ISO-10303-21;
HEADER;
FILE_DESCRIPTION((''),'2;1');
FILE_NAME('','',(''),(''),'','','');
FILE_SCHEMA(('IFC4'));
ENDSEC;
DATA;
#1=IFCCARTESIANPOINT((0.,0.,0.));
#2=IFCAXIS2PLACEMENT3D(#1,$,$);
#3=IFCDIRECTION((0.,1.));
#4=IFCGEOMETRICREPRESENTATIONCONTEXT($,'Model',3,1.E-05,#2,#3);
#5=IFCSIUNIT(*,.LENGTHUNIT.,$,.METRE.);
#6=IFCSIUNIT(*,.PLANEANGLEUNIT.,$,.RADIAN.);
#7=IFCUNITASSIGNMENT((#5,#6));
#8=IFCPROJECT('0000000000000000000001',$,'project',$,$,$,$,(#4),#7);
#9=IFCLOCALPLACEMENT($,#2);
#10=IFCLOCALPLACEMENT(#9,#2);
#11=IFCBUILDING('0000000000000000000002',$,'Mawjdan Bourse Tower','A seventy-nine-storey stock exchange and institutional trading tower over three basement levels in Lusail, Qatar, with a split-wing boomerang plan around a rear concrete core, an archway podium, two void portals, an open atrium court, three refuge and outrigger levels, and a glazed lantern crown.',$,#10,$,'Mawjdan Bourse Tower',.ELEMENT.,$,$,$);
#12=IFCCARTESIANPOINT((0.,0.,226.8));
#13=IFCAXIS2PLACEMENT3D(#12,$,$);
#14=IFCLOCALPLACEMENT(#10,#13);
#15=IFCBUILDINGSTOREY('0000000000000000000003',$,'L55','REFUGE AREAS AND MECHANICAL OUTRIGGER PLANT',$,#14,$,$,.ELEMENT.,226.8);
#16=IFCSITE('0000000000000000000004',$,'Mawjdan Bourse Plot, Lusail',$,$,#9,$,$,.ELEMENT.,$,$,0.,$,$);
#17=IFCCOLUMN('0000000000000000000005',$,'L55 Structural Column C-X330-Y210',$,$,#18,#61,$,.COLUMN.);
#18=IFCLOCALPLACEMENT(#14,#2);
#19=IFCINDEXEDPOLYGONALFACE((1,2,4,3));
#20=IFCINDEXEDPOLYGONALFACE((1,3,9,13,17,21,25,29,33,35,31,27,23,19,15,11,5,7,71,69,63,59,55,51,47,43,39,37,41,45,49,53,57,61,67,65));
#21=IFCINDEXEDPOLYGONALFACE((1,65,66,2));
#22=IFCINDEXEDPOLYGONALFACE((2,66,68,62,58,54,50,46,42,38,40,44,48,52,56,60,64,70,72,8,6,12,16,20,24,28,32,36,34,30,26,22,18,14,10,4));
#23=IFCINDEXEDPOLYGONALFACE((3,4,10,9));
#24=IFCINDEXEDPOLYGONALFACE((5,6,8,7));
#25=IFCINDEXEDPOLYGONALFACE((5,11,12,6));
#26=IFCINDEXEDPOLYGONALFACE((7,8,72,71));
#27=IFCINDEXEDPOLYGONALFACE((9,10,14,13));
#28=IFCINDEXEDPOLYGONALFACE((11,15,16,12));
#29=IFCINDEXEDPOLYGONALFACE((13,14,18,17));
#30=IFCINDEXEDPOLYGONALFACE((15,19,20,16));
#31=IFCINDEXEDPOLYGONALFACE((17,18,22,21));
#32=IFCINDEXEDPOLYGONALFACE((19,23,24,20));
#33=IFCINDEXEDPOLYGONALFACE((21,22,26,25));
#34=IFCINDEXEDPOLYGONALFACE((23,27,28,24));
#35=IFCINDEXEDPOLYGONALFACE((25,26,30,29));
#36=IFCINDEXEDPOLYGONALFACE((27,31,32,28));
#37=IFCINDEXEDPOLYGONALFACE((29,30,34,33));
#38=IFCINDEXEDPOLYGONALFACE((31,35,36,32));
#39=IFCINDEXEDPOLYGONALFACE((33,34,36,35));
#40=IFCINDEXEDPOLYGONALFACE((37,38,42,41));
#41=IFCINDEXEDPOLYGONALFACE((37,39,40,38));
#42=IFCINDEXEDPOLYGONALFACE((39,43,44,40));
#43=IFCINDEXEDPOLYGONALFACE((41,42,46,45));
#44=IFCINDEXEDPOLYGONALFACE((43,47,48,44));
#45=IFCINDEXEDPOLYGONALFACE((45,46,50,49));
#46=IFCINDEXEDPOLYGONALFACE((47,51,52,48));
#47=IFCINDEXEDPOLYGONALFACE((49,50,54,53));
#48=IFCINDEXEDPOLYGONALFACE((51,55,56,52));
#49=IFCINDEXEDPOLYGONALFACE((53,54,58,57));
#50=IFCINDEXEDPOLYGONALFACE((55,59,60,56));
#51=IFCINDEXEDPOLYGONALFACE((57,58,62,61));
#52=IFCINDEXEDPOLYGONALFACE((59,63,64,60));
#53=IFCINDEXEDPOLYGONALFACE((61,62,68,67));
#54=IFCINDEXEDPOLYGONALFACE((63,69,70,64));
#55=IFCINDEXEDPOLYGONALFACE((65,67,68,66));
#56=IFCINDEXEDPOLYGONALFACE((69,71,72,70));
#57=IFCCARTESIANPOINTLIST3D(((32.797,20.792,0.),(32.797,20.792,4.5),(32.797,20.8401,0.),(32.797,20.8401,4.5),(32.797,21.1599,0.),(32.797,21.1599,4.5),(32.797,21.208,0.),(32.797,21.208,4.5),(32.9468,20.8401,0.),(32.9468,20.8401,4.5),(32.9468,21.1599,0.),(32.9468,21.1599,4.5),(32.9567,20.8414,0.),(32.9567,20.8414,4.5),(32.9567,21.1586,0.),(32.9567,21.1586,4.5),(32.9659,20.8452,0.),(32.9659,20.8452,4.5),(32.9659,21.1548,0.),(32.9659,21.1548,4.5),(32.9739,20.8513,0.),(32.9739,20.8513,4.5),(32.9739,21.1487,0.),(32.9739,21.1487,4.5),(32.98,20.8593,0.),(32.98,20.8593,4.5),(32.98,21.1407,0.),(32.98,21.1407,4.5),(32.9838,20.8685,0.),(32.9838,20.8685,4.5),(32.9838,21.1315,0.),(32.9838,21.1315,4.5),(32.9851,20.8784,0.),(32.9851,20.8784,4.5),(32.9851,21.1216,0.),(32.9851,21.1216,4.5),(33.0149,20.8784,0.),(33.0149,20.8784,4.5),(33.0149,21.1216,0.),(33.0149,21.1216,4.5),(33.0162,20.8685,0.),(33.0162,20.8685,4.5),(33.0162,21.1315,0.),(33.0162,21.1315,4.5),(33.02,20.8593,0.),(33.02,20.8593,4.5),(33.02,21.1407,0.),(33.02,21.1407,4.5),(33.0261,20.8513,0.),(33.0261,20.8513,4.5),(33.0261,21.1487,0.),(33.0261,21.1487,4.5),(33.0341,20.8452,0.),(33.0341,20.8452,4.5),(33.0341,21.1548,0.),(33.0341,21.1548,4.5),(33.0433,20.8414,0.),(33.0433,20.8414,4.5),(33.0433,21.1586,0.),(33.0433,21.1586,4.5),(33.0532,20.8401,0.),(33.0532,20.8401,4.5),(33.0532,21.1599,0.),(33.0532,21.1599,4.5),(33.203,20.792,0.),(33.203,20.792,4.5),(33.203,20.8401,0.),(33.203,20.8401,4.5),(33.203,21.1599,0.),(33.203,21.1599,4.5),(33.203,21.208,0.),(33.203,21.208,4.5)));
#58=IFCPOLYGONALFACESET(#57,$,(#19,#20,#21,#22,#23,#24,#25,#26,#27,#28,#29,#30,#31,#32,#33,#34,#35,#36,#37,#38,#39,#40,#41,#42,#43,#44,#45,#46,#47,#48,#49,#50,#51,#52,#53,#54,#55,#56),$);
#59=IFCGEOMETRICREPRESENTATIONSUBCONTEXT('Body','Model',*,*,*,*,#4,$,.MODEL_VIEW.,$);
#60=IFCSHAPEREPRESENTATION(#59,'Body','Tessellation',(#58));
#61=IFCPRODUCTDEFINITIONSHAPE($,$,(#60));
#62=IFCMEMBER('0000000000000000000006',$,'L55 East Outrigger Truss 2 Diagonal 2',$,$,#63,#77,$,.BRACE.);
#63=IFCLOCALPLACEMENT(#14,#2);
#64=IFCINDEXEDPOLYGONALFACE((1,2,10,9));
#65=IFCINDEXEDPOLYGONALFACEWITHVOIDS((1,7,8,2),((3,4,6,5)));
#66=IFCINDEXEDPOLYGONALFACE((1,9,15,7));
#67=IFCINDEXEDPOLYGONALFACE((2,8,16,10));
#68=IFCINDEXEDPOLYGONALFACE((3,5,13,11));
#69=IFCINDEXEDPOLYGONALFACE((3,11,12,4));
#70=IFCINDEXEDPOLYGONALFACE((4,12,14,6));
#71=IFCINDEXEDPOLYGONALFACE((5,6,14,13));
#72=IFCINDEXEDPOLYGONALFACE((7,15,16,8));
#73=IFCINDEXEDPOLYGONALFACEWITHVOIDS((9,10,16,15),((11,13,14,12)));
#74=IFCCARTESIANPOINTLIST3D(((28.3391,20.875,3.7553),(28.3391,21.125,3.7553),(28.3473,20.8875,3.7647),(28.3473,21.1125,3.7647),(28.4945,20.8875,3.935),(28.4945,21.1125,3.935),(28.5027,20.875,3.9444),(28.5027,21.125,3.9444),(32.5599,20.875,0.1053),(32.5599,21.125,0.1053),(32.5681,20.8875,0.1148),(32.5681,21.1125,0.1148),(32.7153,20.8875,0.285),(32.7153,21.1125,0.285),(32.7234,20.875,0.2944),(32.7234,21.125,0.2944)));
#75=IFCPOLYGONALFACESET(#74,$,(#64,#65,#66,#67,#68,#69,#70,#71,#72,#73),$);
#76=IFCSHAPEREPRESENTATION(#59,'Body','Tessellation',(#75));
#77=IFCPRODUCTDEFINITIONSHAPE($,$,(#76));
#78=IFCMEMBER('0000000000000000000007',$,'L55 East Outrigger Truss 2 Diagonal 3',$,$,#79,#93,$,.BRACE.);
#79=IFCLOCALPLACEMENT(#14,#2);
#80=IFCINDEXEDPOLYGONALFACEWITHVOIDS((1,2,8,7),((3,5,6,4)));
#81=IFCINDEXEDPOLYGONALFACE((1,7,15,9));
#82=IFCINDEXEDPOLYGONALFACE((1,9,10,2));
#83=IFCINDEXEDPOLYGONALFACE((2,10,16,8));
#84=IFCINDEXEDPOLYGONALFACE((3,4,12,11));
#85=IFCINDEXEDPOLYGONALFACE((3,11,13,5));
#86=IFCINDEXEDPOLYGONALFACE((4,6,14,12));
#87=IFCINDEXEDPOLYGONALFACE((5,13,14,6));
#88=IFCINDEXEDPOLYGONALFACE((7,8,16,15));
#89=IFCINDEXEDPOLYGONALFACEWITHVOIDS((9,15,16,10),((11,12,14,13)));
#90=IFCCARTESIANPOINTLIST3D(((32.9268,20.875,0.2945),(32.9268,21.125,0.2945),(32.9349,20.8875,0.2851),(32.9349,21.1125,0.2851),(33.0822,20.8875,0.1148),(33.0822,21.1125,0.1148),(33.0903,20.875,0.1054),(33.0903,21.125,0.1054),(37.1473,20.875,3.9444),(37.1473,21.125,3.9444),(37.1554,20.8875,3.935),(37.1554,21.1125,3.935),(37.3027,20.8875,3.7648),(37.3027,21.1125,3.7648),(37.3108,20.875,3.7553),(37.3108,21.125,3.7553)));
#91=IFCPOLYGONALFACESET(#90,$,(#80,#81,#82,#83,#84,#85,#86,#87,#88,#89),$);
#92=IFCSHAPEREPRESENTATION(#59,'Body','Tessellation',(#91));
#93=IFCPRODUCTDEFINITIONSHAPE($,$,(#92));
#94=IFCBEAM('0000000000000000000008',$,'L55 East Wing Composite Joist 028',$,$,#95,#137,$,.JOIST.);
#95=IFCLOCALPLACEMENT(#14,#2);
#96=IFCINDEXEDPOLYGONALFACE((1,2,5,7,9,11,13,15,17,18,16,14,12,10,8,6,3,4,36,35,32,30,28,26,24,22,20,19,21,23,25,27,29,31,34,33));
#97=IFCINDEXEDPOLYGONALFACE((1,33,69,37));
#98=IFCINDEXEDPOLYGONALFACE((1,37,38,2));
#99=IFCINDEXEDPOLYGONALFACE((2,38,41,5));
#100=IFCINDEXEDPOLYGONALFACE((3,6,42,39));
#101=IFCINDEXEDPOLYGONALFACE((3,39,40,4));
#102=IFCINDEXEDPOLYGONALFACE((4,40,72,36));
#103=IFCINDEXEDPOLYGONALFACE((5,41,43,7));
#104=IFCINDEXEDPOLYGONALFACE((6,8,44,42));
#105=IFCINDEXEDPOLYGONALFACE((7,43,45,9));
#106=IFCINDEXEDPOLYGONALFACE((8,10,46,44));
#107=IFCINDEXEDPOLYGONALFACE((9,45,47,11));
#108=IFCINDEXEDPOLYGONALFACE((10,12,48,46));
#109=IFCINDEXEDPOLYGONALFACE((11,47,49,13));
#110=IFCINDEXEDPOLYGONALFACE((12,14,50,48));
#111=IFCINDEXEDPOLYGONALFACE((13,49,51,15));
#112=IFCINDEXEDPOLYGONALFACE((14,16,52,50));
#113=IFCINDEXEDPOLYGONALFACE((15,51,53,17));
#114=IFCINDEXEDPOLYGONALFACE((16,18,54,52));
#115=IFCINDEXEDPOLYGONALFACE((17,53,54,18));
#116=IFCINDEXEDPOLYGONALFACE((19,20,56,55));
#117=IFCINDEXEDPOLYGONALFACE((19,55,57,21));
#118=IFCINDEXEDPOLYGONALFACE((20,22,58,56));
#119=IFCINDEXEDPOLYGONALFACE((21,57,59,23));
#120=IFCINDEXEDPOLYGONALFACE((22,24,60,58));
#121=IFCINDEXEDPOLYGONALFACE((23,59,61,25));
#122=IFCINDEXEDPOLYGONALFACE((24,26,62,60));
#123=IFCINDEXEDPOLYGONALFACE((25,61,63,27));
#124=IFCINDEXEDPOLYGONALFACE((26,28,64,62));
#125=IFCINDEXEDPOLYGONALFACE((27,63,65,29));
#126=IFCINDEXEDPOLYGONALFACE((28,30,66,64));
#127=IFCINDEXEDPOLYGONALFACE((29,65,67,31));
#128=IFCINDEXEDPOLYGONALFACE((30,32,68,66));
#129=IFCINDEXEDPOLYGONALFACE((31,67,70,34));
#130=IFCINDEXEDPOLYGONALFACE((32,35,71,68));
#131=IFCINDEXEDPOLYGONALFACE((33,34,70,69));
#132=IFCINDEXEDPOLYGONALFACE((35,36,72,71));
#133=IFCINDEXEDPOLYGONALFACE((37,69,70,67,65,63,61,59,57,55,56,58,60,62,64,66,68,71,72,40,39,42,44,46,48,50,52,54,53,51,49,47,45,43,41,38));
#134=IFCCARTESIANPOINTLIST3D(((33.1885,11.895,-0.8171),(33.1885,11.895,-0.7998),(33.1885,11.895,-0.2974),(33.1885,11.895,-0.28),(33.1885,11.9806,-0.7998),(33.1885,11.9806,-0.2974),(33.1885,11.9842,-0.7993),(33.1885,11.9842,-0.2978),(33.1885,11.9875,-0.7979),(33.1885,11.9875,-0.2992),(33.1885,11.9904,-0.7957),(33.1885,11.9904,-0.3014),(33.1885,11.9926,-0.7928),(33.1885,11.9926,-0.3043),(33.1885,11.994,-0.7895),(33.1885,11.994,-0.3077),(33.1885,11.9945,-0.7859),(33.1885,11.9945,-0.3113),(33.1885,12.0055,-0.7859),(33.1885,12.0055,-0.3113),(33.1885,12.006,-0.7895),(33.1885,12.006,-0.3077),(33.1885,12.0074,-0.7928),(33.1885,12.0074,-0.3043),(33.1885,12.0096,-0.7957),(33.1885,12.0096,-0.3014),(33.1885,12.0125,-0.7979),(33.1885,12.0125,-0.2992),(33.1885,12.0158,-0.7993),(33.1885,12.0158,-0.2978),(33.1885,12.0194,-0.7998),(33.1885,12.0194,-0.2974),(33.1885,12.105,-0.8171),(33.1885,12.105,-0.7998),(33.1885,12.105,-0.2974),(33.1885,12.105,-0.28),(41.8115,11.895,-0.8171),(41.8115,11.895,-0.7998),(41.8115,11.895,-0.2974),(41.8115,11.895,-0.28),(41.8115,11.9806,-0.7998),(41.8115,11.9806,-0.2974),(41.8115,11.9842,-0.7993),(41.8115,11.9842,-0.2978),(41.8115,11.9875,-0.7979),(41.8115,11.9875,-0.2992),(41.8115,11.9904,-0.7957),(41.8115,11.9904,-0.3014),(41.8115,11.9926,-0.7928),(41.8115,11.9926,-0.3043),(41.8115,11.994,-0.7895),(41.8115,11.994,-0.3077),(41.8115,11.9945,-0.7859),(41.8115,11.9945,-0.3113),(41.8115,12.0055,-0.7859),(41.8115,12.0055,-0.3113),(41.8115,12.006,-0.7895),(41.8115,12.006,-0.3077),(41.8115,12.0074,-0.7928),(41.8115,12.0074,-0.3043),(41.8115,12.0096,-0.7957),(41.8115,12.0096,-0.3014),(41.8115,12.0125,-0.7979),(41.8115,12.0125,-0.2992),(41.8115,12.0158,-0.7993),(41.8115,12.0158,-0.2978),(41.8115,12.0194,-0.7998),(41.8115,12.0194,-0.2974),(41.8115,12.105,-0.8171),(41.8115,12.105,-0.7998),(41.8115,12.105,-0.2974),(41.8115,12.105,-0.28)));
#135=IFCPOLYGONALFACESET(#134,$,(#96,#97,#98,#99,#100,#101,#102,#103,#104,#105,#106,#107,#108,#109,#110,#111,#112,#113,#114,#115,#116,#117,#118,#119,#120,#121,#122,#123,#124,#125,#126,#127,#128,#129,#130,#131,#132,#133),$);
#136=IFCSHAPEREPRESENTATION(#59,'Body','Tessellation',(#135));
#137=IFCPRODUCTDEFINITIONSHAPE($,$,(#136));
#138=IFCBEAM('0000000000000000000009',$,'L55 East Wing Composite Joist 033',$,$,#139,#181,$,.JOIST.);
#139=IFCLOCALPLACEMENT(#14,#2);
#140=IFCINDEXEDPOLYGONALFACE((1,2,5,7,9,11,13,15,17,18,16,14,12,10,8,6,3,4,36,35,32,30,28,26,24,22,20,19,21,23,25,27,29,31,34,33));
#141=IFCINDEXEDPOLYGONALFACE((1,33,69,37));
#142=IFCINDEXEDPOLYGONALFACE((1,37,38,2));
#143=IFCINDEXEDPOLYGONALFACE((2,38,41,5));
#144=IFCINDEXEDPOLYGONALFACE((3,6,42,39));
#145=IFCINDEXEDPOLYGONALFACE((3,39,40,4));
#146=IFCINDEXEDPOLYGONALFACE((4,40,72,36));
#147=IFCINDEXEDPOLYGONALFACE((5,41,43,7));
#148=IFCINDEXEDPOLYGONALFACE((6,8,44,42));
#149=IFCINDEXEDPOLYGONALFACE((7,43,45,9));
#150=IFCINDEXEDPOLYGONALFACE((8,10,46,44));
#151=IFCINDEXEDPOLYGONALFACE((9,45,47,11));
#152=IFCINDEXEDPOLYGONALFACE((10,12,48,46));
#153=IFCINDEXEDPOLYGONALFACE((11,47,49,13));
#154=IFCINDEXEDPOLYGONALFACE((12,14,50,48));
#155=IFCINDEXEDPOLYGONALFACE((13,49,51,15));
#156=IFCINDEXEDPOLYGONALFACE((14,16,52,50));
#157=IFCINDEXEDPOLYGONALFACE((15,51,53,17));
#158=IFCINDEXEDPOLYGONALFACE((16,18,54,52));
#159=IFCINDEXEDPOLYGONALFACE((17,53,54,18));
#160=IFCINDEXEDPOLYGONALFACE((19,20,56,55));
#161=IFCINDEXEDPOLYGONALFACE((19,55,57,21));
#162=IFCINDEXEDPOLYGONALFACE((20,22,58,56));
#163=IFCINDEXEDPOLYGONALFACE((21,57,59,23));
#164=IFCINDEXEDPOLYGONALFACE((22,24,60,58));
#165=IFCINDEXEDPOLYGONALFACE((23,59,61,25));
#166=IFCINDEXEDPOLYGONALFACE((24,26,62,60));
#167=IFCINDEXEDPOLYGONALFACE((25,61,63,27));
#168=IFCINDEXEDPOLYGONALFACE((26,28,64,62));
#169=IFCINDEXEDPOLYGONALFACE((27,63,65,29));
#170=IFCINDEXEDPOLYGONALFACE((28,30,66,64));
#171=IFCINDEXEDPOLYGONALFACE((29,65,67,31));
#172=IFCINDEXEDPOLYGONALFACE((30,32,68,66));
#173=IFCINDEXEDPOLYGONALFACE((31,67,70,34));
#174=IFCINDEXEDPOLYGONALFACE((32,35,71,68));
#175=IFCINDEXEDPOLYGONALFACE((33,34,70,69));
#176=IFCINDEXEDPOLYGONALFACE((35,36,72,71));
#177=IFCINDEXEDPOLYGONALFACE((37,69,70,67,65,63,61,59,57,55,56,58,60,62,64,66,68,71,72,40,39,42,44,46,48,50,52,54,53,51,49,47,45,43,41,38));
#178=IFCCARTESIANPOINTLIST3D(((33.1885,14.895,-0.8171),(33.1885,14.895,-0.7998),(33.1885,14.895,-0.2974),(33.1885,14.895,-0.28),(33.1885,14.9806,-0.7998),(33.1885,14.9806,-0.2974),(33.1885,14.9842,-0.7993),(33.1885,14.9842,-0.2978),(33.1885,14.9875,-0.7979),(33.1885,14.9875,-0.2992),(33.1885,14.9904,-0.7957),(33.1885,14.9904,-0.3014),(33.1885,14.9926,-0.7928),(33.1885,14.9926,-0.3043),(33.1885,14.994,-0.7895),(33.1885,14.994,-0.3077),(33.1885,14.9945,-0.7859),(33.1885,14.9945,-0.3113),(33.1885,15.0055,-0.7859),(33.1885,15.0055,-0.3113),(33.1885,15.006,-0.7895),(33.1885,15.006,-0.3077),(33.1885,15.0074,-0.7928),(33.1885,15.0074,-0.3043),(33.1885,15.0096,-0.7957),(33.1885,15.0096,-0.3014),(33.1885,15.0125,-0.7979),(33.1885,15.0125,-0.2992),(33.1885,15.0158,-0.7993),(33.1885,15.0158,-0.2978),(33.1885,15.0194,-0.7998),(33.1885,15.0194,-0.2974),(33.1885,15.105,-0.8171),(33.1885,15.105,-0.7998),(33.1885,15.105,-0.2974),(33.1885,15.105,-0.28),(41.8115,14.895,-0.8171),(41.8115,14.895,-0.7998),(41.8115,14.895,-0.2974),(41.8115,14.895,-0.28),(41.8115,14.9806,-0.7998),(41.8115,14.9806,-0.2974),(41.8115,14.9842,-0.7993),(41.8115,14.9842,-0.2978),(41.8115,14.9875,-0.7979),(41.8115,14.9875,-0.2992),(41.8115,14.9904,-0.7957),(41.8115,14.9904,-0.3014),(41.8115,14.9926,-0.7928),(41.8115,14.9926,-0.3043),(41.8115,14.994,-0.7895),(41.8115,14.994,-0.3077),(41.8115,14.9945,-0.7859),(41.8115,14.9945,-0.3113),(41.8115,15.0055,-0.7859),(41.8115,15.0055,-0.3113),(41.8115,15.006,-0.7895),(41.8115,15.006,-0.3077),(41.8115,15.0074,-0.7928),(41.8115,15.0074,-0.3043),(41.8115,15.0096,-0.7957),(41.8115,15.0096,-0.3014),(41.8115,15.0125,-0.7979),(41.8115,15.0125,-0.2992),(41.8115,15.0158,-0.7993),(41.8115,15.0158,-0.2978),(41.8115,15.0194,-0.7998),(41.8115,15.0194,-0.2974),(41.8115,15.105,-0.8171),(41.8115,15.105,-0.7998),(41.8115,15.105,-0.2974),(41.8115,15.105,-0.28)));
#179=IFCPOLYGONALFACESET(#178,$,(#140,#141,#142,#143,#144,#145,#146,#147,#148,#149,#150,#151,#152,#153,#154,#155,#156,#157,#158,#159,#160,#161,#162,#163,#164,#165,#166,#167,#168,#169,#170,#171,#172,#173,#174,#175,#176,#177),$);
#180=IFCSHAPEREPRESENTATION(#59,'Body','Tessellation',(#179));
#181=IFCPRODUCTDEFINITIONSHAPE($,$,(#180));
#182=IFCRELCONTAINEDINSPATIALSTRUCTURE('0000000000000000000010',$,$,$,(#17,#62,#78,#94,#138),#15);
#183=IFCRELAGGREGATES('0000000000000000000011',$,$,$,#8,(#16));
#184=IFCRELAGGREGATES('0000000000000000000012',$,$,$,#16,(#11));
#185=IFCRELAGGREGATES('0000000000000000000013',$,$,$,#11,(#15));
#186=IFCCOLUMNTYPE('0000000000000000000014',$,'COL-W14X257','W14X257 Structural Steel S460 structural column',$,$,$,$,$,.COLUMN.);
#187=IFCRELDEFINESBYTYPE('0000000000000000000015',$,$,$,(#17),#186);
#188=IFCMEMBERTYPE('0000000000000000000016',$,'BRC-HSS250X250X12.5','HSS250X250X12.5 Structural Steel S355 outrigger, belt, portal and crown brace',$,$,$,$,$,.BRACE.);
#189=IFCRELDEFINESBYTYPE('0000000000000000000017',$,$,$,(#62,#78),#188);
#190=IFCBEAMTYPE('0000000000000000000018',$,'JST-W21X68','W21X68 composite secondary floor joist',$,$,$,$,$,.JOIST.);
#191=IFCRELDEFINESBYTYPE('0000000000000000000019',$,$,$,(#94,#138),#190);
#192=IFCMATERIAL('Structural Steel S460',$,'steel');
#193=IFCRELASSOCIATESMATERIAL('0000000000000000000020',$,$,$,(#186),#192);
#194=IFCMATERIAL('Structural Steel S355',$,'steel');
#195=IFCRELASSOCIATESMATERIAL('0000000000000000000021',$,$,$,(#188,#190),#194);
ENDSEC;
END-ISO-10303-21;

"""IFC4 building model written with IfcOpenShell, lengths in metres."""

from ifc_helpers import new_model, si_unit, direction, frame, origin, origin_2d, place, context, subcontext, project, spatial, hollow_rectangle, i_section, extrude, material, material_profile, profile_set, type_object, element, save


model = new_model("IFC4")

# Units and contexts
model_context = context("Model", 3, precision=1e-05, world=origin(), true_north=direction((0.0, 1.0)))
body_context = subcontext(model_context, "Body", "Model", "MODEL_VIEW")
ifc_project = project(units=[si_unit("LENGTHUNIT", "METRE"), si_unit("PLANEANGLEUNIT", "RADIAN")], contexts=[model_context])

# Site, building, storey
site_placement = place(None, origin())
site = spatial("IfcSite", under=ifc_project, at=site_placement, Name="Mawjdan Bourse Plot, Lusail", CompositionType="ELEMENT", RefElevation=0.0)
building_placement = place(site_placement, origin())
building = spatial("IfcBuilding", under=site, at=building_placement, Name="Mawjdan Bourse Tower", Description="A seventy-nine-storey stock exchange and institutional trading tower over three basement levels in Lusail, Qatar, with a split-wing boomerang plan around a rear concrete core, an archway podium, two void portals, an open atrium court, three refuge and outrigger levels, and a glazed lantern crown.", LongName="Mawjdan Bourse Tower", CompositionType="ELEMENT")
storey_placement = place(building_placement, frame((0.0, 0.0, 226.8)))
storey = spatial("IfcBuildingStorey", under=building, at=storey_placement, Name="L55", Description="REFUGE AREAS AND MECHANICAL OUTRIGGER PLANT", CompositionType="ELEMENT", Elevation=226.8)

# Column
ifc_material_1 = material(Name="Structural Steel S460", Category="steel")
ifc_material_profile_1 = material_profile(ifc_material_1, i_section(OverallWidth=0.406, OverallDepth=0.416, WebThickness=0.0298, FlangeThickness=0.0481, FilletRadius=0.0383, at=origin_2d()), Name="W14X257")
ifc_profile_set_1 = profile_set([ifc_material_profile_1], Name="Structural Steel S460")
column_type = type_object("IfcColumnType", Name="COL-W14X257", Description="W14X257 Structural Steel S460 structural column", PredefinedType="COLUMN", material=ifc_profile_set_1)
column_placement = place(storey_placement, frame((33.0, 21.0, 0.0), z_axis=(0.0, 0.0, 1.0), x_axis=(1.0, 0.0, 0.0)))
element("IfcColumn", 1, at=column_placement, inside=storey, type_object=column_type, Name="L55 Structural Column C-X330-Y210", PredefinedType="COLUMN", context=body_context, shape_type="SweptSolid", body=[
    extrude(i_section(OverallWidth=0.406, OverallDepth=0.416, WebThickness=0.0298, FlangeThickness=0.0481, FilletRadius=0.0383, at=origin_2d()), origin(), (0.0, 0.0, 1.0), 4.5),
])

# Members
ifc_material_2 = material(Name="Structural Steel S355", Category="steel")
ifc_material_profile_2 = material_profile(ifc_material_2, hollow_rectangle(XDim=0.25, YDim=0.25, WallThickness=0.0125, at=origin_2d()), Name="HSS250X250X12.5")
ifc_profile_set_2 = profile_set([ifc_material_profile_2], Name="Structural Steel S355")
member_type_1 = type_object("IfcMemberType", Name="BRC-HSS250X250X12.5", Description="HSS250X250X12.5 Structural Steel S355 outrigger, belt, portal and crown brace", PredefinedType="BRACE", material=ifc_profile_set_2)
member_1_placement = place(storey_placement, frame((28.4209, 21.0, 3.8499), z_axis=(0.756402, 0.0, -0.654107), x_axis=(0.0, 1.0, 0.0)))
element("IfcMember", 2, at=member_1_placement, inside=storey, type_object=member_type_1, Name="L55 East Outrigger Truss 2 Diagonal 2", PredefinedType="BRACE", context=body_context, shape_type="SweptSolid", body=[
    extrude(hollow_rectangle(XDim=0.25, YDim=0.25, WallThickness=0.0125, at=origin_2d()), origin(), (0.0, 0.0, 1.0), 5.5801),
])
member_2_placement = place(storey_placement, frame((33.0085, 21.0, 0.2), z_axis=(0.756383, 0.0, 0.654129), x_axis=(0.0, 1.0, 0.0)))
element("IfcMember", 3, at=member_2_placement, inside=storey, type_object=member_type_1, Name="L55 East Outrigger Truss 2 Diagonal 3", PredefinedType="BRACE", context=body_context, shape_type="SweptSolid", body=[
    extrude(hollow_rectangle(XDim=0.25, YDim=0.25, WallThickness=0.0125, at=origin_2d()), origin(), (0.0, 0.0, 1.0), 5.5798),
])

# Beams
ifc_material_profile_3 = material_profile(ifc_material_2, i_section(OverallWidth=0.21, OverallDepth=0.5371, WebThickness=0.011, FlangeThickness=0.0173, FilletRadius=0.0139, at=origin_2d()), Name="W21X68")
ifc_profile_set_3 = profile_set([ifc_material_profile_3], Name="Structural Steel S355")
beam_type_1 = type_object("IfcBeamType", Name="JST-W21X68", Description="W21X68 composite secondary floor joist", PredefinedType="JOIST", material=ifc_profile_set_3)
for number, where, z_axis, x_axis, name in (
    (4, (33.1885, 12.0, -0.5486), (1.0, 0.0, 0.0), (0.0, 1.0, 0.0), "L55 East Wing Composite Joist 028"),
    (5, (33.1885, 15.0, -0.5486), (1.0, 0.0, 0.0), (0.0, 1.0, 0.0), "L55 East Wing Composite Joist 033"),
):
    element("IfcBeam", number, at=place(storey_placement, frame(where, z_axis=z_axis, x_axis=x_axis)), inside=storey, type_object=beam_type_1, Name=name, PredefinedType="JOIST", context=body_context, shape_type="SweptSolid", body=[
        extrude(i_section(OverallWidth=0.21, OverallDepth=0.5371, WebThickness=0.011, FlangeThickness=0.0173, FilletRadius=0.0139, at=origin_2d()), origin(), (0.0, 0.0, 1.0), 8.623),
    ])

save(model, "model.ifc")
